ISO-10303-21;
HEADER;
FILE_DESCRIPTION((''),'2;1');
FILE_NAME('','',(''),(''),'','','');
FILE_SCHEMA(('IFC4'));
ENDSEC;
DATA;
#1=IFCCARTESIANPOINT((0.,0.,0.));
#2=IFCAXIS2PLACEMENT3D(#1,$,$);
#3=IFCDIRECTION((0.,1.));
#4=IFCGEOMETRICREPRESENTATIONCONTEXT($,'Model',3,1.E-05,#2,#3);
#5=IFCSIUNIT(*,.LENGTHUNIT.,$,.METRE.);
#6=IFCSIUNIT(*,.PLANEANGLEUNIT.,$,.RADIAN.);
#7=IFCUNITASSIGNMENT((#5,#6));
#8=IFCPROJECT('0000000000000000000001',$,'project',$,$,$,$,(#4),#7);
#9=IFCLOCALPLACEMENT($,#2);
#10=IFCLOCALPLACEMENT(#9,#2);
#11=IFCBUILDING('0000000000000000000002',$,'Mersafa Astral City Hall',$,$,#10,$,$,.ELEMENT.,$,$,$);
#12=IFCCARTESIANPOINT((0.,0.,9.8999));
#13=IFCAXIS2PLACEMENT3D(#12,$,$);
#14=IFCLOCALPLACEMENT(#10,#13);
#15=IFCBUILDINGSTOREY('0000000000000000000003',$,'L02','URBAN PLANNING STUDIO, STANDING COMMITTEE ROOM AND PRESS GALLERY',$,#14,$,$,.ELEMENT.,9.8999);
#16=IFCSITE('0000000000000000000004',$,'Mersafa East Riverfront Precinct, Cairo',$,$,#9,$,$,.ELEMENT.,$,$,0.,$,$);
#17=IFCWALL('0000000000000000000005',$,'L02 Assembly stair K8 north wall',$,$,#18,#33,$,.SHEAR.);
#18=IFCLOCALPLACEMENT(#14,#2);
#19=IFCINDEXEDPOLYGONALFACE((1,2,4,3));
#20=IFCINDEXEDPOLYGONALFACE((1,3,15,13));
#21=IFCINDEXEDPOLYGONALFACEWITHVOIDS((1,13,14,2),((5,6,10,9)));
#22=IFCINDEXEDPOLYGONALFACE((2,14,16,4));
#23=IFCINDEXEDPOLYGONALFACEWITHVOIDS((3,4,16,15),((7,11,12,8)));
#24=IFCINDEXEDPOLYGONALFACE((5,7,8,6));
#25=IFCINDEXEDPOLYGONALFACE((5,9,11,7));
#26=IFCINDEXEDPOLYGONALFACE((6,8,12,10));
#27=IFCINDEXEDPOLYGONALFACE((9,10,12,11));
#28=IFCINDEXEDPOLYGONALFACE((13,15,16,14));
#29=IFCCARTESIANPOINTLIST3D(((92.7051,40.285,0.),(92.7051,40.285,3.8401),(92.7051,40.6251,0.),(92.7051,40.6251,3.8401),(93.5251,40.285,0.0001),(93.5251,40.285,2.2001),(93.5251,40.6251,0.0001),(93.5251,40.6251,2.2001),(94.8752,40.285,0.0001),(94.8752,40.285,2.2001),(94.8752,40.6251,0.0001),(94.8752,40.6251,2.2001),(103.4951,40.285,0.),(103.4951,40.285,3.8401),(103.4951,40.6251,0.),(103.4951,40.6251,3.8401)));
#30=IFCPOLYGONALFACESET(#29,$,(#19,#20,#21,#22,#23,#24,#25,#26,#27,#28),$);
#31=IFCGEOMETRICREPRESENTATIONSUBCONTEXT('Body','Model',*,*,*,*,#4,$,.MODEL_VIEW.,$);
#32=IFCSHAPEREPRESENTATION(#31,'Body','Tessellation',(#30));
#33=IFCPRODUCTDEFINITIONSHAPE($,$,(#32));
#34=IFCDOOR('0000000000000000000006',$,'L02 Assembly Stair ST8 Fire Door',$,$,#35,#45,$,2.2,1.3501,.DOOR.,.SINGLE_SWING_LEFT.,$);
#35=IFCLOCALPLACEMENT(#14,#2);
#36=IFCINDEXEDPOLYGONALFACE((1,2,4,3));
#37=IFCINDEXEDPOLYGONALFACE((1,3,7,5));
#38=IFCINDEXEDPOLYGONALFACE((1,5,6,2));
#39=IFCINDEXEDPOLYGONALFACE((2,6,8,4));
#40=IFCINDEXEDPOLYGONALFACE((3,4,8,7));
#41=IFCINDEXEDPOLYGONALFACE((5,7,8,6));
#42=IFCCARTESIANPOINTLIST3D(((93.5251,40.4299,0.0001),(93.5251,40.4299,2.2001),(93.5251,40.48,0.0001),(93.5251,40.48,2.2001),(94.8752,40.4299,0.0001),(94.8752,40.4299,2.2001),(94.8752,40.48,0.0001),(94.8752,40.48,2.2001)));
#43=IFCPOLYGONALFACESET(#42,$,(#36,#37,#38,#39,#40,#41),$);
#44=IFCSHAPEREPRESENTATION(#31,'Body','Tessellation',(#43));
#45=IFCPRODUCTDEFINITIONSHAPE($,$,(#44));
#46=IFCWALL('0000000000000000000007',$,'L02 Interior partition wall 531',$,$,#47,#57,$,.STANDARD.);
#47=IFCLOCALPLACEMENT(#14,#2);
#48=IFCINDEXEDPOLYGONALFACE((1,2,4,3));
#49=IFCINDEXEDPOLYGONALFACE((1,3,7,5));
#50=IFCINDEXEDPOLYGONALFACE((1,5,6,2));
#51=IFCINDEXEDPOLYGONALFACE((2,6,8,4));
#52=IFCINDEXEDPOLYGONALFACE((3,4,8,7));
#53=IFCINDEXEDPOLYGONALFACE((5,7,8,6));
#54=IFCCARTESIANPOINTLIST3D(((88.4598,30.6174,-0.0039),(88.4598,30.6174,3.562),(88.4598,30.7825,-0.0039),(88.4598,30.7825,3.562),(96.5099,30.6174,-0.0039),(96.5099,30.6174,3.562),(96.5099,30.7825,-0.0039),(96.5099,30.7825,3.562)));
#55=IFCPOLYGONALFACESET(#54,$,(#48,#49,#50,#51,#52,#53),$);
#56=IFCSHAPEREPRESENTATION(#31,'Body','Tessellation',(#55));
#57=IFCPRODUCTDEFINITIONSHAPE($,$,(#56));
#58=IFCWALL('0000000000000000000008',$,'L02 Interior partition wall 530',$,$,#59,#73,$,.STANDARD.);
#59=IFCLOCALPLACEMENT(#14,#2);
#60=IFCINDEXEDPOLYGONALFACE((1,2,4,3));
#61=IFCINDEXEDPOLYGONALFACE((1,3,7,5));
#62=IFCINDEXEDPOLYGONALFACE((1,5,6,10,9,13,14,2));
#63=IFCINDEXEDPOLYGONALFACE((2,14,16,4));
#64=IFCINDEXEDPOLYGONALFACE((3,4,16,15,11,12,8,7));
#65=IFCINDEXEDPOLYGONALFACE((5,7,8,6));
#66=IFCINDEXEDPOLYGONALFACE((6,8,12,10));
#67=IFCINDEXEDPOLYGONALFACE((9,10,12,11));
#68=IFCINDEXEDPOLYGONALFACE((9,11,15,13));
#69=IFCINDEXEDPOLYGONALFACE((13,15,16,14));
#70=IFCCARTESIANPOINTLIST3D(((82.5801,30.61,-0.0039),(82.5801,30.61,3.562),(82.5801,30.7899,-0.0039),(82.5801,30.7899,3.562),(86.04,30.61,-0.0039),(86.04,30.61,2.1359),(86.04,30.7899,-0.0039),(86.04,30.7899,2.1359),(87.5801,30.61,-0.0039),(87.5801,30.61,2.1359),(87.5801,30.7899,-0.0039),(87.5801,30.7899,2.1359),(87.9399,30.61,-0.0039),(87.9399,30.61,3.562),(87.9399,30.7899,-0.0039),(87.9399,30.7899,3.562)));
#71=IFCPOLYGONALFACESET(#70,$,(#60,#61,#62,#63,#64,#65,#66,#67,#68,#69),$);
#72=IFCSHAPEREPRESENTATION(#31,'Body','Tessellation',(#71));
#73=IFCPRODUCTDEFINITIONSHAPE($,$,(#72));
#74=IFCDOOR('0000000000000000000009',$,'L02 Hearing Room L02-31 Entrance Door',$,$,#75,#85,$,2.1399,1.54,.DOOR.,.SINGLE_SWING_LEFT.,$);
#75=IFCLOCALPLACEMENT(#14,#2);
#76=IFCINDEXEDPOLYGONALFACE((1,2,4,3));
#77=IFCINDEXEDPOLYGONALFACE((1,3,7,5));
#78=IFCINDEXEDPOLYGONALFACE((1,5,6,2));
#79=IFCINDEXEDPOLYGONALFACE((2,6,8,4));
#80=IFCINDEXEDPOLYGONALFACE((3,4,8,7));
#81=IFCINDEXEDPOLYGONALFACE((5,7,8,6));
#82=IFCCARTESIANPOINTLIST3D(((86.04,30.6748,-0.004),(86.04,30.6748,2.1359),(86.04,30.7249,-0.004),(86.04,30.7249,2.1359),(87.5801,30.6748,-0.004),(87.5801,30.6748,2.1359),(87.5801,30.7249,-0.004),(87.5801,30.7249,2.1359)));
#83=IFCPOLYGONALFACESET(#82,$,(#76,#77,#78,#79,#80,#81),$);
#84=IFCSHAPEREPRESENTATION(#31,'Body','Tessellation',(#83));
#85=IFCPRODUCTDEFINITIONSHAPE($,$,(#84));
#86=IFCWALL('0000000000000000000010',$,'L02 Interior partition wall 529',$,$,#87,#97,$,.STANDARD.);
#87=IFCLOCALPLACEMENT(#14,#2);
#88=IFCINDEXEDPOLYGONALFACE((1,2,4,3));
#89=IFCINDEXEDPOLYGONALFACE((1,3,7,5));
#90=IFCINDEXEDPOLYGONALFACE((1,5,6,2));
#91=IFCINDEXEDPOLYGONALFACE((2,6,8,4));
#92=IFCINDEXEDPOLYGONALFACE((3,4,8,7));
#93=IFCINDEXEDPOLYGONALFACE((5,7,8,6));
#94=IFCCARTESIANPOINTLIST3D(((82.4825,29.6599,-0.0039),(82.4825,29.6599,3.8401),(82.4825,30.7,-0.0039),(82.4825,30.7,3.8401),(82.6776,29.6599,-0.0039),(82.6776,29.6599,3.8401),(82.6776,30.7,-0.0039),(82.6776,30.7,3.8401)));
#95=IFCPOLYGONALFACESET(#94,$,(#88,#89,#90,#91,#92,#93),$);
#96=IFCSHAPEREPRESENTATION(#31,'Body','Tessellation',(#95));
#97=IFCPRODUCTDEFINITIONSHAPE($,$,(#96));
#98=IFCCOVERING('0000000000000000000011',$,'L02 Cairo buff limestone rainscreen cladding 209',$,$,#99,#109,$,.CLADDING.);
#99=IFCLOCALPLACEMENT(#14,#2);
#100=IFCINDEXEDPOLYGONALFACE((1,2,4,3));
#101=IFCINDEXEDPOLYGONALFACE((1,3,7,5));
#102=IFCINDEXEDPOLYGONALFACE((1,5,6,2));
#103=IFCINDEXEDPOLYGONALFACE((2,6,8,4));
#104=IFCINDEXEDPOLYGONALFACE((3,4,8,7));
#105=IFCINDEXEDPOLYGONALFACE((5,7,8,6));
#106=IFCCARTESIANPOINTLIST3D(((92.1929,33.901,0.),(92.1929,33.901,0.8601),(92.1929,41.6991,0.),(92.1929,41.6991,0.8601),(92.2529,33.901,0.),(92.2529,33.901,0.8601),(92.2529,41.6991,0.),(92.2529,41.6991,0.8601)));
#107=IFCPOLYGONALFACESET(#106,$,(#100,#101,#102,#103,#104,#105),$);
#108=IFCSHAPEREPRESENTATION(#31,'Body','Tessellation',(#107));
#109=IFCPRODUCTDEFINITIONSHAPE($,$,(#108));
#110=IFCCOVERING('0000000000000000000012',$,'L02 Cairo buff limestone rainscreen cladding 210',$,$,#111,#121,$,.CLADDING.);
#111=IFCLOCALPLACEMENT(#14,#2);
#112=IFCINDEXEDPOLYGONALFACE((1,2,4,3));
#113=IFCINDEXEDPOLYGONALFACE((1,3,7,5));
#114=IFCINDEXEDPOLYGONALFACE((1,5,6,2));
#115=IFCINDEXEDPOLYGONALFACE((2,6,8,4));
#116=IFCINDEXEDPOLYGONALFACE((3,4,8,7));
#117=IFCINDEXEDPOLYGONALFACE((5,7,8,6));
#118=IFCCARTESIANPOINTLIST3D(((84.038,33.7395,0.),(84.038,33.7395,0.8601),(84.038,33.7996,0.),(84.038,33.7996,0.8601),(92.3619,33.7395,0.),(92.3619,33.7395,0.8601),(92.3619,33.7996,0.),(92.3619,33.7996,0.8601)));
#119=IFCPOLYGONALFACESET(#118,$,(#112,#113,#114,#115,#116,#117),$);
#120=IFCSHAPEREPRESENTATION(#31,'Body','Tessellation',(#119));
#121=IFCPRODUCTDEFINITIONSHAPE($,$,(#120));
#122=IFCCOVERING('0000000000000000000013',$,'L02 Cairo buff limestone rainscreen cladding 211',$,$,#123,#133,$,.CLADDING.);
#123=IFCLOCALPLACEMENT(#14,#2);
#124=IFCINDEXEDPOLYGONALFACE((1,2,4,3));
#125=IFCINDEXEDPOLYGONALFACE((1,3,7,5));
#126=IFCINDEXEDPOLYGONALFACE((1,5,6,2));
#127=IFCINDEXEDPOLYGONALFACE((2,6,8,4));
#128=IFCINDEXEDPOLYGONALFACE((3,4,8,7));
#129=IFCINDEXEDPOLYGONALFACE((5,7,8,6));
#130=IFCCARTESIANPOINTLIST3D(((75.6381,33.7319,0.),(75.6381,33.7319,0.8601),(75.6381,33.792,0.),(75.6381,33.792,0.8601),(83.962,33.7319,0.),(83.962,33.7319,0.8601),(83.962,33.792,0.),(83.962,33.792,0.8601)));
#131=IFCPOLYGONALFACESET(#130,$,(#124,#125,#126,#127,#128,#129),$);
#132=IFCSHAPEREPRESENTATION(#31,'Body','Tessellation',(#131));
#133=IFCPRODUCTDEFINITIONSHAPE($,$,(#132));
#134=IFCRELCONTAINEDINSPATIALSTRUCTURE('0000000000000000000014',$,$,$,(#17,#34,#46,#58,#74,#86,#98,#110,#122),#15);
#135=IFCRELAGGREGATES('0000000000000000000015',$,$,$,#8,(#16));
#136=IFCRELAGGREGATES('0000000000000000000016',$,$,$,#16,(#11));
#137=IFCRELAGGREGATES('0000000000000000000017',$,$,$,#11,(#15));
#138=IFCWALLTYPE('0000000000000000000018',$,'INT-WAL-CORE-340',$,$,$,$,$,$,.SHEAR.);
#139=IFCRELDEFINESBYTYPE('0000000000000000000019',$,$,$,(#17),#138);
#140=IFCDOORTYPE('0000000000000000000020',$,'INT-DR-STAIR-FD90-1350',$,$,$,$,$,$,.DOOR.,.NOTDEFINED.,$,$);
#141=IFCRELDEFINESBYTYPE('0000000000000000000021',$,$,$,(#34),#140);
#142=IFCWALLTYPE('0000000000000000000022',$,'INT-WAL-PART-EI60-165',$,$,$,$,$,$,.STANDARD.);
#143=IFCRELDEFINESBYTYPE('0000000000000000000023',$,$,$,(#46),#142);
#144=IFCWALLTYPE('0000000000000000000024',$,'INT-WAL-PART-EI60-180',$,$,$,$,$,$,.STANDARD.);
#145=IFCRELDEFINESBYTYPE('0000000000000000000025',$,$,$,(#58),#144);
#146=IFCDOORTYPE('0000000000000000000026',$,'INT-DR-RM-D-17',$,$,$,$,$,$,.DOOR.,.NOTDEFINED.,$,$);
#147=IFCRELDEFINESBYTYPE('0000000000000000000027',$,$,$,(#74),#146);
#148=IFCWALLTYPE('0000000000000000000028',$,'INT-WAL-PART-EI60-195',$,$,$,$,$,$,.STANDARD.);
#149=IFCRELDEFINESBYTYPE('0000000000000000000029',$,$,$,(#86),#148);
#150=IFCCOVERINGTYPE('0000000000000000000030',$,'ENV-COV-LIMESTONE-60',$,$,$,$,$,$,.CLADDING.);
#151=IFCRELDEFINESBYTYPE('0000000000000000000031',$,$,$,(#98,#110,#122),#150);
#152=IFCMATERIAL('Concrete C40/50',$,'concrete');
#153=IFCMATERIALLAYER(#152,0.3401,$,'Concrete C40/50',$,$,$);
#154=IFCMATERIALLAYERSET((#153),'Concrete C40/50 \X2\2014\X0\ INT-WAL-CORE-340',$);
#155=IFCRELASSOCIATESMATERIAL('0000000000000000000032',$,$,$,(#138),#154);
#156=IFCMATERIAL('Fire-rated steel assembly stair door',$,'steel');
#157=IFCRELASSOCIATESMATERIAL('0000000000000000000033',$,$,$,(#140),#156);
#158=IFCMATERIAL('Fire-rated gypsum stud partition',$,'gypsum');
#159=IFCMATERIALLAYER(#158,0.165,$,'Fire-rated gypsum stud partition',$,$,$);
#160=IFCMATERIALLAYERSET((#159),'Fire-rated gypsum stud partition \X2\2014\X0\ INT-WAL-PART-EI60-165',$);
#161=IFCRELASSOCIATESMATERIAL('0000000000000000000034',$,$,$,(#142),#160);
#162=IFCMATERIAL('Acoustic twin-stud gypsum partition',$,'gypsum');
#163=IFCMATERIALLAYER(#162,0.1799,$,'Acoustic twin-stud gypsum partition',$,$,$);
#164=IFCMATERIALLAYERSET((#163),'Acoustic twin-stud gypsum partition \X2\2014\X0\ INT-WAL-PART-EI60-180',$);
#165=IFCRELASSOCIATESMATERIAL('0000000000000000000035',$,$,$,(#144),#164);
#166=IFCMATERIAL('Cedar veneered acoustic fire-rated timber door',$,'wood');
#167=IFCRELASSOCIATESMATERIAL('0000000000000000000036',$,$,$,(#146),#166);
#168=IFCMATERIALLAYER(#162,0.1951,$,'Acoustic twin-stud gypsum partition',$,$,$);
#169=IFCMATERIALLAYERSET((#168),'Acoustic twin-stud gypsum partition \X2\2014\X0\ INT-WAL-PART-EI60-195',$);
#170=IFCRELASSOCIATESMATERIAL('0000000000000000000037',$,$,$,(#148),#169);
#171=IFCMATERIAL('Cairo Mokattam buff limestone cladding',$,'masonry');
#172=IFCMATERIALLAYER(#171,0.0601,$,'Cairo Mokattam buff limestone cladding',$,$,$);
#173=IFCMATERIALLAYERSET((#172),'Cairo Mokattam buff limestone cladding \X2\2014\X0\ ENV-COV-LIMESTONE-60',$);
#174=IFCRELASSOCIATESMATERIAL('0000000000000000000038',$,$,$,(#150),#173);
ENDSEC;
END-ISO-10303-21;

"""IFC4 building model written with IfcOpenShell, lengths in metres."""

from ifc_helpers import new_model, si_unit, direction, frame, frame_2d, origin, origin_2d, place, context, subcontext, project, spatial, rectangle, extrude, material, layer, layer_set, type_object, element, fill, save


model = new_model("IFC4")

# Units and contexts
model_context = context("Model", 3, precision=1e-05, world=origin(), true_north=direction((0.0, 1.0)))
body_context = subcontext(model_context, "Body", "Model", "MODEL_VIEW")
ifc_project = project(units=[si_unit("LENGTHUNIT", "METRE"), si_unit("PLANEANGLEUNIT", "RADIAN")], contexts=[model_context])

# Site, building, storey
site_placement = place(None, origin())
site = spatial("IfcSite", under=ifc_project, at=site_placement, Name="Mersafa East Riverfront Precinct, Cairo", CompositionType="ELEMENT", RefElevation=0.0)
building_placement = place(site_placement, origin())
building = spatial("IfcBuilding", under=site, at=building_placement, Name="Mersafa Astral City Hall", CompositionType="ELEMENT")
storey_placement = place(building_placement, frame((0.0, 0.0, 9.8999)))
storey = spatial("IfcBuildingStorey", under=building, at=storey_placement, Name="L02", Description="URBAN PLANNING STUDIO, STANDING COMMITTEE ROOM AND PRESS GALLERY", CompositionType="ELEMENT", Elevation=9.8999)

# Shared definitions
ifc_material_1 = material(Name="Concrete C40/50", Category="concrete")
ifc_layer_1 = layer(ifc_material_1, 0.3401, Name="Concrete C40/50")
ifc_layer_set_1 = layer_set([ifc_layer_1], Name="Concrete C40/50 — INT-WAL-CORE-340")
wall_type_1 = type_object("IfcWallType", Name="INT-WAL-CORE-340", PredefinedType="SHEAR", material=ifc_layer_set_1)

# Wall, opening, door
wall_1_placement = place(storey_placement, frame((92.7051, 40.4551, 0.0), z_axis=(0.0, 0.0, 1.0), x_axis=(1.0, 0.0, 0.0)))
wall_1 = element("IfcWall", 1, at=wall_1_placement, inside=storey, type_object=wall_type_1, Name="L02 Assembly stair K8 north wall", PredefinedType="SHEAR", context=body_context, shape_type="SweptSolid", body=[
    extrude(rectangle(XDim=10.79, YDim=0.3401, at=frame_2d((5.395, 0.0))), origin(), (0.0, 0.0, 1.0), 3.8401),
])
opening_1_placement = place(wall_1_placement, frame((0.8201, 0.0, 0.0)))
opening_1 = element("IfcOpeningElement", 2, at=opening_1_placement, cuts=wall_1, PredefinedType="OPENING", context=body_context, shape_type="SweptSolid", body=[
    extrude(rectangle(XDim=1.3501, YDim=2.2, at=frame_2d((0.675, 1.1001))), frame((0.0, 0.1799, 0.0), z_axis=(0.0, -1.0, 0.0), x_axis=(1.0, 0.0, 0.0)), (0.0, 0.0, 1.0), 0.3601),
])
ifc_material_2 = material(Name="Fire-rated steel assembly stair door", Category="steel")
door_type_1 = type_object("IfcDoorType", Name="INT-DR-STAIR-FD90-1350", OperationType="NOTDEFINED", PredefinedType="DOOR", material=ifc_material_2)
door_1_placement = place(opening_1_placement, origin())
door_1 = element("IfcDoor", 3, at=door_1_placement, inside=storey, type_object=door_type_1, Name="L02 Assembly Stair ST8 Fire Door", OperationType="SINGLE_SWING_LEFT", OverallHeight=2.2, OverallWidth=1.3501, PredefinedType="DOOR", context=body_context, shape_type="SweptSolid", body=[
    extrude(rectangle(XDim=1.3501, YDim=2.2, at=frame_2d((0.675, 1.1001))), frame((0.0, 0.0249, 0.0), z_axis=(0.0, -1.0, 0.0), x_axis=(1.0, 0.0, 0.0)), (0.0, 0.0, 1.0), 0.05),
])
fill(opening_1, door_1)

# Wall
ifc_material_3 = material(Name="Fire-rated gypsum stud partition", Category="gypsum")
ifc_layer_2 = layer(ifc_material_3, 0.165, Name="Fire-rated gypsum stud partition")
ifc_layer_set_2 = layer_set([ifc_layer_2], Name="Fire-rated gypsum stud partition — INT-WAL-PART-EI60-165")
wall_type_2 = type_object("IfcWallType", Name="INT-WAL-PART-EI60-165", PredefinedType="STANDARD", material=ifc_layer_set_2)
wall_2_placement = place(storey_placement, frame((88.46, 30.7, -0.0039), z_axis=(0.0, 0.0, 1.0), x_axis=(1.0, 0.0, 0.0)))
element("IfcWall", 4, at=wall_2_placement, inside=storey, type_object=wall_type_2, Name="L02 Interior partition wall 531", PredefinedType="STANDARD", context=body_context, shape_type="SweptSolid", body=[
    extrude(rectangle(XDim=8.05, YDim=0.165, at=frame_2d((4.0249, 0.0))), origin(), (0.0, 0.0, 1.0), 3.5659),
])

# Wall, opening, door
ifc_material_4 = material(Name="Acoustic twin-stud gypsum partition", Category="gypsum")
ifc_layer_3 = layer(ifc_material_4, 0.1799, Name="Acoustic twin-stud gypsum partition")
ifc_layer_set_3 = layer_set([ifc_layer_3], Name="Acoustic twin-stud gypsum partition — INT-WAL-PART-EI60-180")
wall_type_3 = type_object("IfcWallType", Name="INT-WAL-PART-EI60-180", PredefinedType="STANDARD", material=ifc_layer_set_3)
wall_3_placement = place(storey_placement, frame((82.5801, 30.7, -0.0039), z_axis=(0.0, 0.0, 1.0), x_axis=(1.0, 0.0, 0.0)))
wall_3 = element("IfcWall", 5, at=wall_3_placement, inside=storey, type_object=wall_type_3, Name="L02 Interior partition wall 530", PredefinedType="STANDARD", context=body_context, shape_type="SweptSolid", body=[
    extrude(rectangle(XDim=5.3599, YDim=0.1799, at=frame_2d((2.6799, 0.0))), origin(), (0.0, 0.0, 1.0), 3.5659),
])
opening_2_placement = place(wall_3_placement, frame((3.46, 0.0, 0.0)))
opening_2 = element("IfcOpeningElement", 6, at=opening_2_placement, cuts=wall_3, PredefinedType="OPENING", context=body_context, shape_type="SweptSolid", body=[
    extrude(rectangle(XDim=1.54, YDim=2.1399, at=frame_2d((0.77, 1.0698))), frame((0.0, 0.0999, 0.0), z_axis=(0.0, -1.0, 0.0), x_axis=(1.0, 0.0, 0.0)), (0.0, 0.0, 1.0), 0.2),
])
ifc_material_5 = material(Name="Cedar veneered acoustic fire-rated timber door", Category="wood")
door_type_2 = type_object("IfcDoorType", Name="INT-DR-RM-D-17", OperationType="NOTDEFINED", PredefinedType="DOOR", material=ifc_material_5)
door_2_placement = place(opening_2_placement, origin())
door_2 = element("IfcDoor", 7, at=door_2_placement, inside=storey, type_object=door_type_2, Name="L02 Hearing Room L02-31 Entrance Door", OperationType="SINGLE_SWING_LEFT", OverallHeight=2.1399, OverallWidth=1.54, PredefinedType="DOOR", context=body_context, shape_type="SweptSolid", body=[
    extrude(rectangle(XDim=1.54, YDim=2.1399, at=frame_2d((0.77, 1.0698))), frame((0.0, 0.0249, 0.0), z_axis=(0.0, -1.0, 0.0), x_axis=(1.0, 0.0, 0.0)), (0.0, 0.0, 1.0), 0.05),
])
fill(opening_2, door_2)

# Wall
ifc_layer_4 = layer(ifc_material_4, 0.1951, Name="Acoustic twin-stud gypsum partition")
ifc_layer_set_4 = layer_set([ifc_layer_4], Name="Acoustic twin-stud gypsum partition — INT-WAL-PART-EI60-195")
wall_type_4 = type_object("IfcWallType", Name="INT-WAL-PART-EI60-195", PredefinedType="STANDARD", material=ifc_layer_set_4)
wall_4_placement = place(storey_placement, frame((82.5801, 29.6599, -0.0039), z_axis=(0.0, 0.0, 1.0), x_axis=(0.0, 1.0, 0.0)))
element("IfcWall", 8, at=wall_4_placement, inside=storey, type_object=wall_type_4, Name="L02 Interior partition wall 529", PredefinedType="STANDARD", context=body_context, shape_type="SweptSolid", body=[
    extrude(rectangle(XDim=1.04, YDim=0.1951, at=frame_2d((0.52, 0.0))), origin(), (0.0, 0.0, 1.0), 3.844),
])

# Coverings
ifc_material_6 = material(Name="Cairo Mokattam buff limestone cladding", Category="masonry")
ifc_layer_5 = layer(ifc_material_6, 0.0601, Name="Cairo Mokattam buff limestone cladding")
ifc_layer_set_5 = layer_set([ifc_layer_5], Name="Cairo Mokattam buff limestone cladding — ENV-COV-LIMESTONE-60")
covering_type = type_object("IfcCoveringType", Name="ENV-COV-LIMESTONE-60", PredefinedType="CLADDING", material=ifc_layer_set_5)
covering_placement = place(storey_placement, frame((92.2229, 37.8, 0.0), z_axis=(0.0, 0.0, 1.0), x_axis=(0.0, -1.0, 0.0)))
element("IfcCovering", 9, at=covering_placement, inside=storey, type_object=covering_type, Name="L02 Cairo buff limestone rainscreen cladding 209", PredefinedType="CLADDING", context=body_context, shape_type="SweptSolid", body=[
    extrude(rectangle(XDim=7.7981, YDim=0.0601, at=origin_2d()), origin(), (0.0, 0.0, 1.0), 0.8601),
])
for number, where, z_axis, x_axis, name in (
    (10, (88.2, 33.7695, 0.0), (0.0, 0.0, 1.0), (-1.0, 0.0, 0.0), "L02 Cairo buff limestone rainscreen cladding 210"),
    (11, (79.8, 33.762, 0.0), (0.0, 0.0, 1.0), (-1.0, 0.0, 0.0), "L02 Cairo buff limestone rainscreen cladding 211"),
):
    element("IfcCovering", number, at=place(storey_placement, frame(where, z_axis=z_axis, x_axis=x_axis)), inside=storey, type_object=covering_type, Name=name, PredefinedType="CLADDING", context=body_context, shape_type="SweptSolid", body=[
        extrude(rectangle(XDim=8.324, YDim=0.0601, at=origin_2d()), origin(), (0.0, 0.0, 1.0), 0.8601),
    ])

save(model, "model.ifc")
